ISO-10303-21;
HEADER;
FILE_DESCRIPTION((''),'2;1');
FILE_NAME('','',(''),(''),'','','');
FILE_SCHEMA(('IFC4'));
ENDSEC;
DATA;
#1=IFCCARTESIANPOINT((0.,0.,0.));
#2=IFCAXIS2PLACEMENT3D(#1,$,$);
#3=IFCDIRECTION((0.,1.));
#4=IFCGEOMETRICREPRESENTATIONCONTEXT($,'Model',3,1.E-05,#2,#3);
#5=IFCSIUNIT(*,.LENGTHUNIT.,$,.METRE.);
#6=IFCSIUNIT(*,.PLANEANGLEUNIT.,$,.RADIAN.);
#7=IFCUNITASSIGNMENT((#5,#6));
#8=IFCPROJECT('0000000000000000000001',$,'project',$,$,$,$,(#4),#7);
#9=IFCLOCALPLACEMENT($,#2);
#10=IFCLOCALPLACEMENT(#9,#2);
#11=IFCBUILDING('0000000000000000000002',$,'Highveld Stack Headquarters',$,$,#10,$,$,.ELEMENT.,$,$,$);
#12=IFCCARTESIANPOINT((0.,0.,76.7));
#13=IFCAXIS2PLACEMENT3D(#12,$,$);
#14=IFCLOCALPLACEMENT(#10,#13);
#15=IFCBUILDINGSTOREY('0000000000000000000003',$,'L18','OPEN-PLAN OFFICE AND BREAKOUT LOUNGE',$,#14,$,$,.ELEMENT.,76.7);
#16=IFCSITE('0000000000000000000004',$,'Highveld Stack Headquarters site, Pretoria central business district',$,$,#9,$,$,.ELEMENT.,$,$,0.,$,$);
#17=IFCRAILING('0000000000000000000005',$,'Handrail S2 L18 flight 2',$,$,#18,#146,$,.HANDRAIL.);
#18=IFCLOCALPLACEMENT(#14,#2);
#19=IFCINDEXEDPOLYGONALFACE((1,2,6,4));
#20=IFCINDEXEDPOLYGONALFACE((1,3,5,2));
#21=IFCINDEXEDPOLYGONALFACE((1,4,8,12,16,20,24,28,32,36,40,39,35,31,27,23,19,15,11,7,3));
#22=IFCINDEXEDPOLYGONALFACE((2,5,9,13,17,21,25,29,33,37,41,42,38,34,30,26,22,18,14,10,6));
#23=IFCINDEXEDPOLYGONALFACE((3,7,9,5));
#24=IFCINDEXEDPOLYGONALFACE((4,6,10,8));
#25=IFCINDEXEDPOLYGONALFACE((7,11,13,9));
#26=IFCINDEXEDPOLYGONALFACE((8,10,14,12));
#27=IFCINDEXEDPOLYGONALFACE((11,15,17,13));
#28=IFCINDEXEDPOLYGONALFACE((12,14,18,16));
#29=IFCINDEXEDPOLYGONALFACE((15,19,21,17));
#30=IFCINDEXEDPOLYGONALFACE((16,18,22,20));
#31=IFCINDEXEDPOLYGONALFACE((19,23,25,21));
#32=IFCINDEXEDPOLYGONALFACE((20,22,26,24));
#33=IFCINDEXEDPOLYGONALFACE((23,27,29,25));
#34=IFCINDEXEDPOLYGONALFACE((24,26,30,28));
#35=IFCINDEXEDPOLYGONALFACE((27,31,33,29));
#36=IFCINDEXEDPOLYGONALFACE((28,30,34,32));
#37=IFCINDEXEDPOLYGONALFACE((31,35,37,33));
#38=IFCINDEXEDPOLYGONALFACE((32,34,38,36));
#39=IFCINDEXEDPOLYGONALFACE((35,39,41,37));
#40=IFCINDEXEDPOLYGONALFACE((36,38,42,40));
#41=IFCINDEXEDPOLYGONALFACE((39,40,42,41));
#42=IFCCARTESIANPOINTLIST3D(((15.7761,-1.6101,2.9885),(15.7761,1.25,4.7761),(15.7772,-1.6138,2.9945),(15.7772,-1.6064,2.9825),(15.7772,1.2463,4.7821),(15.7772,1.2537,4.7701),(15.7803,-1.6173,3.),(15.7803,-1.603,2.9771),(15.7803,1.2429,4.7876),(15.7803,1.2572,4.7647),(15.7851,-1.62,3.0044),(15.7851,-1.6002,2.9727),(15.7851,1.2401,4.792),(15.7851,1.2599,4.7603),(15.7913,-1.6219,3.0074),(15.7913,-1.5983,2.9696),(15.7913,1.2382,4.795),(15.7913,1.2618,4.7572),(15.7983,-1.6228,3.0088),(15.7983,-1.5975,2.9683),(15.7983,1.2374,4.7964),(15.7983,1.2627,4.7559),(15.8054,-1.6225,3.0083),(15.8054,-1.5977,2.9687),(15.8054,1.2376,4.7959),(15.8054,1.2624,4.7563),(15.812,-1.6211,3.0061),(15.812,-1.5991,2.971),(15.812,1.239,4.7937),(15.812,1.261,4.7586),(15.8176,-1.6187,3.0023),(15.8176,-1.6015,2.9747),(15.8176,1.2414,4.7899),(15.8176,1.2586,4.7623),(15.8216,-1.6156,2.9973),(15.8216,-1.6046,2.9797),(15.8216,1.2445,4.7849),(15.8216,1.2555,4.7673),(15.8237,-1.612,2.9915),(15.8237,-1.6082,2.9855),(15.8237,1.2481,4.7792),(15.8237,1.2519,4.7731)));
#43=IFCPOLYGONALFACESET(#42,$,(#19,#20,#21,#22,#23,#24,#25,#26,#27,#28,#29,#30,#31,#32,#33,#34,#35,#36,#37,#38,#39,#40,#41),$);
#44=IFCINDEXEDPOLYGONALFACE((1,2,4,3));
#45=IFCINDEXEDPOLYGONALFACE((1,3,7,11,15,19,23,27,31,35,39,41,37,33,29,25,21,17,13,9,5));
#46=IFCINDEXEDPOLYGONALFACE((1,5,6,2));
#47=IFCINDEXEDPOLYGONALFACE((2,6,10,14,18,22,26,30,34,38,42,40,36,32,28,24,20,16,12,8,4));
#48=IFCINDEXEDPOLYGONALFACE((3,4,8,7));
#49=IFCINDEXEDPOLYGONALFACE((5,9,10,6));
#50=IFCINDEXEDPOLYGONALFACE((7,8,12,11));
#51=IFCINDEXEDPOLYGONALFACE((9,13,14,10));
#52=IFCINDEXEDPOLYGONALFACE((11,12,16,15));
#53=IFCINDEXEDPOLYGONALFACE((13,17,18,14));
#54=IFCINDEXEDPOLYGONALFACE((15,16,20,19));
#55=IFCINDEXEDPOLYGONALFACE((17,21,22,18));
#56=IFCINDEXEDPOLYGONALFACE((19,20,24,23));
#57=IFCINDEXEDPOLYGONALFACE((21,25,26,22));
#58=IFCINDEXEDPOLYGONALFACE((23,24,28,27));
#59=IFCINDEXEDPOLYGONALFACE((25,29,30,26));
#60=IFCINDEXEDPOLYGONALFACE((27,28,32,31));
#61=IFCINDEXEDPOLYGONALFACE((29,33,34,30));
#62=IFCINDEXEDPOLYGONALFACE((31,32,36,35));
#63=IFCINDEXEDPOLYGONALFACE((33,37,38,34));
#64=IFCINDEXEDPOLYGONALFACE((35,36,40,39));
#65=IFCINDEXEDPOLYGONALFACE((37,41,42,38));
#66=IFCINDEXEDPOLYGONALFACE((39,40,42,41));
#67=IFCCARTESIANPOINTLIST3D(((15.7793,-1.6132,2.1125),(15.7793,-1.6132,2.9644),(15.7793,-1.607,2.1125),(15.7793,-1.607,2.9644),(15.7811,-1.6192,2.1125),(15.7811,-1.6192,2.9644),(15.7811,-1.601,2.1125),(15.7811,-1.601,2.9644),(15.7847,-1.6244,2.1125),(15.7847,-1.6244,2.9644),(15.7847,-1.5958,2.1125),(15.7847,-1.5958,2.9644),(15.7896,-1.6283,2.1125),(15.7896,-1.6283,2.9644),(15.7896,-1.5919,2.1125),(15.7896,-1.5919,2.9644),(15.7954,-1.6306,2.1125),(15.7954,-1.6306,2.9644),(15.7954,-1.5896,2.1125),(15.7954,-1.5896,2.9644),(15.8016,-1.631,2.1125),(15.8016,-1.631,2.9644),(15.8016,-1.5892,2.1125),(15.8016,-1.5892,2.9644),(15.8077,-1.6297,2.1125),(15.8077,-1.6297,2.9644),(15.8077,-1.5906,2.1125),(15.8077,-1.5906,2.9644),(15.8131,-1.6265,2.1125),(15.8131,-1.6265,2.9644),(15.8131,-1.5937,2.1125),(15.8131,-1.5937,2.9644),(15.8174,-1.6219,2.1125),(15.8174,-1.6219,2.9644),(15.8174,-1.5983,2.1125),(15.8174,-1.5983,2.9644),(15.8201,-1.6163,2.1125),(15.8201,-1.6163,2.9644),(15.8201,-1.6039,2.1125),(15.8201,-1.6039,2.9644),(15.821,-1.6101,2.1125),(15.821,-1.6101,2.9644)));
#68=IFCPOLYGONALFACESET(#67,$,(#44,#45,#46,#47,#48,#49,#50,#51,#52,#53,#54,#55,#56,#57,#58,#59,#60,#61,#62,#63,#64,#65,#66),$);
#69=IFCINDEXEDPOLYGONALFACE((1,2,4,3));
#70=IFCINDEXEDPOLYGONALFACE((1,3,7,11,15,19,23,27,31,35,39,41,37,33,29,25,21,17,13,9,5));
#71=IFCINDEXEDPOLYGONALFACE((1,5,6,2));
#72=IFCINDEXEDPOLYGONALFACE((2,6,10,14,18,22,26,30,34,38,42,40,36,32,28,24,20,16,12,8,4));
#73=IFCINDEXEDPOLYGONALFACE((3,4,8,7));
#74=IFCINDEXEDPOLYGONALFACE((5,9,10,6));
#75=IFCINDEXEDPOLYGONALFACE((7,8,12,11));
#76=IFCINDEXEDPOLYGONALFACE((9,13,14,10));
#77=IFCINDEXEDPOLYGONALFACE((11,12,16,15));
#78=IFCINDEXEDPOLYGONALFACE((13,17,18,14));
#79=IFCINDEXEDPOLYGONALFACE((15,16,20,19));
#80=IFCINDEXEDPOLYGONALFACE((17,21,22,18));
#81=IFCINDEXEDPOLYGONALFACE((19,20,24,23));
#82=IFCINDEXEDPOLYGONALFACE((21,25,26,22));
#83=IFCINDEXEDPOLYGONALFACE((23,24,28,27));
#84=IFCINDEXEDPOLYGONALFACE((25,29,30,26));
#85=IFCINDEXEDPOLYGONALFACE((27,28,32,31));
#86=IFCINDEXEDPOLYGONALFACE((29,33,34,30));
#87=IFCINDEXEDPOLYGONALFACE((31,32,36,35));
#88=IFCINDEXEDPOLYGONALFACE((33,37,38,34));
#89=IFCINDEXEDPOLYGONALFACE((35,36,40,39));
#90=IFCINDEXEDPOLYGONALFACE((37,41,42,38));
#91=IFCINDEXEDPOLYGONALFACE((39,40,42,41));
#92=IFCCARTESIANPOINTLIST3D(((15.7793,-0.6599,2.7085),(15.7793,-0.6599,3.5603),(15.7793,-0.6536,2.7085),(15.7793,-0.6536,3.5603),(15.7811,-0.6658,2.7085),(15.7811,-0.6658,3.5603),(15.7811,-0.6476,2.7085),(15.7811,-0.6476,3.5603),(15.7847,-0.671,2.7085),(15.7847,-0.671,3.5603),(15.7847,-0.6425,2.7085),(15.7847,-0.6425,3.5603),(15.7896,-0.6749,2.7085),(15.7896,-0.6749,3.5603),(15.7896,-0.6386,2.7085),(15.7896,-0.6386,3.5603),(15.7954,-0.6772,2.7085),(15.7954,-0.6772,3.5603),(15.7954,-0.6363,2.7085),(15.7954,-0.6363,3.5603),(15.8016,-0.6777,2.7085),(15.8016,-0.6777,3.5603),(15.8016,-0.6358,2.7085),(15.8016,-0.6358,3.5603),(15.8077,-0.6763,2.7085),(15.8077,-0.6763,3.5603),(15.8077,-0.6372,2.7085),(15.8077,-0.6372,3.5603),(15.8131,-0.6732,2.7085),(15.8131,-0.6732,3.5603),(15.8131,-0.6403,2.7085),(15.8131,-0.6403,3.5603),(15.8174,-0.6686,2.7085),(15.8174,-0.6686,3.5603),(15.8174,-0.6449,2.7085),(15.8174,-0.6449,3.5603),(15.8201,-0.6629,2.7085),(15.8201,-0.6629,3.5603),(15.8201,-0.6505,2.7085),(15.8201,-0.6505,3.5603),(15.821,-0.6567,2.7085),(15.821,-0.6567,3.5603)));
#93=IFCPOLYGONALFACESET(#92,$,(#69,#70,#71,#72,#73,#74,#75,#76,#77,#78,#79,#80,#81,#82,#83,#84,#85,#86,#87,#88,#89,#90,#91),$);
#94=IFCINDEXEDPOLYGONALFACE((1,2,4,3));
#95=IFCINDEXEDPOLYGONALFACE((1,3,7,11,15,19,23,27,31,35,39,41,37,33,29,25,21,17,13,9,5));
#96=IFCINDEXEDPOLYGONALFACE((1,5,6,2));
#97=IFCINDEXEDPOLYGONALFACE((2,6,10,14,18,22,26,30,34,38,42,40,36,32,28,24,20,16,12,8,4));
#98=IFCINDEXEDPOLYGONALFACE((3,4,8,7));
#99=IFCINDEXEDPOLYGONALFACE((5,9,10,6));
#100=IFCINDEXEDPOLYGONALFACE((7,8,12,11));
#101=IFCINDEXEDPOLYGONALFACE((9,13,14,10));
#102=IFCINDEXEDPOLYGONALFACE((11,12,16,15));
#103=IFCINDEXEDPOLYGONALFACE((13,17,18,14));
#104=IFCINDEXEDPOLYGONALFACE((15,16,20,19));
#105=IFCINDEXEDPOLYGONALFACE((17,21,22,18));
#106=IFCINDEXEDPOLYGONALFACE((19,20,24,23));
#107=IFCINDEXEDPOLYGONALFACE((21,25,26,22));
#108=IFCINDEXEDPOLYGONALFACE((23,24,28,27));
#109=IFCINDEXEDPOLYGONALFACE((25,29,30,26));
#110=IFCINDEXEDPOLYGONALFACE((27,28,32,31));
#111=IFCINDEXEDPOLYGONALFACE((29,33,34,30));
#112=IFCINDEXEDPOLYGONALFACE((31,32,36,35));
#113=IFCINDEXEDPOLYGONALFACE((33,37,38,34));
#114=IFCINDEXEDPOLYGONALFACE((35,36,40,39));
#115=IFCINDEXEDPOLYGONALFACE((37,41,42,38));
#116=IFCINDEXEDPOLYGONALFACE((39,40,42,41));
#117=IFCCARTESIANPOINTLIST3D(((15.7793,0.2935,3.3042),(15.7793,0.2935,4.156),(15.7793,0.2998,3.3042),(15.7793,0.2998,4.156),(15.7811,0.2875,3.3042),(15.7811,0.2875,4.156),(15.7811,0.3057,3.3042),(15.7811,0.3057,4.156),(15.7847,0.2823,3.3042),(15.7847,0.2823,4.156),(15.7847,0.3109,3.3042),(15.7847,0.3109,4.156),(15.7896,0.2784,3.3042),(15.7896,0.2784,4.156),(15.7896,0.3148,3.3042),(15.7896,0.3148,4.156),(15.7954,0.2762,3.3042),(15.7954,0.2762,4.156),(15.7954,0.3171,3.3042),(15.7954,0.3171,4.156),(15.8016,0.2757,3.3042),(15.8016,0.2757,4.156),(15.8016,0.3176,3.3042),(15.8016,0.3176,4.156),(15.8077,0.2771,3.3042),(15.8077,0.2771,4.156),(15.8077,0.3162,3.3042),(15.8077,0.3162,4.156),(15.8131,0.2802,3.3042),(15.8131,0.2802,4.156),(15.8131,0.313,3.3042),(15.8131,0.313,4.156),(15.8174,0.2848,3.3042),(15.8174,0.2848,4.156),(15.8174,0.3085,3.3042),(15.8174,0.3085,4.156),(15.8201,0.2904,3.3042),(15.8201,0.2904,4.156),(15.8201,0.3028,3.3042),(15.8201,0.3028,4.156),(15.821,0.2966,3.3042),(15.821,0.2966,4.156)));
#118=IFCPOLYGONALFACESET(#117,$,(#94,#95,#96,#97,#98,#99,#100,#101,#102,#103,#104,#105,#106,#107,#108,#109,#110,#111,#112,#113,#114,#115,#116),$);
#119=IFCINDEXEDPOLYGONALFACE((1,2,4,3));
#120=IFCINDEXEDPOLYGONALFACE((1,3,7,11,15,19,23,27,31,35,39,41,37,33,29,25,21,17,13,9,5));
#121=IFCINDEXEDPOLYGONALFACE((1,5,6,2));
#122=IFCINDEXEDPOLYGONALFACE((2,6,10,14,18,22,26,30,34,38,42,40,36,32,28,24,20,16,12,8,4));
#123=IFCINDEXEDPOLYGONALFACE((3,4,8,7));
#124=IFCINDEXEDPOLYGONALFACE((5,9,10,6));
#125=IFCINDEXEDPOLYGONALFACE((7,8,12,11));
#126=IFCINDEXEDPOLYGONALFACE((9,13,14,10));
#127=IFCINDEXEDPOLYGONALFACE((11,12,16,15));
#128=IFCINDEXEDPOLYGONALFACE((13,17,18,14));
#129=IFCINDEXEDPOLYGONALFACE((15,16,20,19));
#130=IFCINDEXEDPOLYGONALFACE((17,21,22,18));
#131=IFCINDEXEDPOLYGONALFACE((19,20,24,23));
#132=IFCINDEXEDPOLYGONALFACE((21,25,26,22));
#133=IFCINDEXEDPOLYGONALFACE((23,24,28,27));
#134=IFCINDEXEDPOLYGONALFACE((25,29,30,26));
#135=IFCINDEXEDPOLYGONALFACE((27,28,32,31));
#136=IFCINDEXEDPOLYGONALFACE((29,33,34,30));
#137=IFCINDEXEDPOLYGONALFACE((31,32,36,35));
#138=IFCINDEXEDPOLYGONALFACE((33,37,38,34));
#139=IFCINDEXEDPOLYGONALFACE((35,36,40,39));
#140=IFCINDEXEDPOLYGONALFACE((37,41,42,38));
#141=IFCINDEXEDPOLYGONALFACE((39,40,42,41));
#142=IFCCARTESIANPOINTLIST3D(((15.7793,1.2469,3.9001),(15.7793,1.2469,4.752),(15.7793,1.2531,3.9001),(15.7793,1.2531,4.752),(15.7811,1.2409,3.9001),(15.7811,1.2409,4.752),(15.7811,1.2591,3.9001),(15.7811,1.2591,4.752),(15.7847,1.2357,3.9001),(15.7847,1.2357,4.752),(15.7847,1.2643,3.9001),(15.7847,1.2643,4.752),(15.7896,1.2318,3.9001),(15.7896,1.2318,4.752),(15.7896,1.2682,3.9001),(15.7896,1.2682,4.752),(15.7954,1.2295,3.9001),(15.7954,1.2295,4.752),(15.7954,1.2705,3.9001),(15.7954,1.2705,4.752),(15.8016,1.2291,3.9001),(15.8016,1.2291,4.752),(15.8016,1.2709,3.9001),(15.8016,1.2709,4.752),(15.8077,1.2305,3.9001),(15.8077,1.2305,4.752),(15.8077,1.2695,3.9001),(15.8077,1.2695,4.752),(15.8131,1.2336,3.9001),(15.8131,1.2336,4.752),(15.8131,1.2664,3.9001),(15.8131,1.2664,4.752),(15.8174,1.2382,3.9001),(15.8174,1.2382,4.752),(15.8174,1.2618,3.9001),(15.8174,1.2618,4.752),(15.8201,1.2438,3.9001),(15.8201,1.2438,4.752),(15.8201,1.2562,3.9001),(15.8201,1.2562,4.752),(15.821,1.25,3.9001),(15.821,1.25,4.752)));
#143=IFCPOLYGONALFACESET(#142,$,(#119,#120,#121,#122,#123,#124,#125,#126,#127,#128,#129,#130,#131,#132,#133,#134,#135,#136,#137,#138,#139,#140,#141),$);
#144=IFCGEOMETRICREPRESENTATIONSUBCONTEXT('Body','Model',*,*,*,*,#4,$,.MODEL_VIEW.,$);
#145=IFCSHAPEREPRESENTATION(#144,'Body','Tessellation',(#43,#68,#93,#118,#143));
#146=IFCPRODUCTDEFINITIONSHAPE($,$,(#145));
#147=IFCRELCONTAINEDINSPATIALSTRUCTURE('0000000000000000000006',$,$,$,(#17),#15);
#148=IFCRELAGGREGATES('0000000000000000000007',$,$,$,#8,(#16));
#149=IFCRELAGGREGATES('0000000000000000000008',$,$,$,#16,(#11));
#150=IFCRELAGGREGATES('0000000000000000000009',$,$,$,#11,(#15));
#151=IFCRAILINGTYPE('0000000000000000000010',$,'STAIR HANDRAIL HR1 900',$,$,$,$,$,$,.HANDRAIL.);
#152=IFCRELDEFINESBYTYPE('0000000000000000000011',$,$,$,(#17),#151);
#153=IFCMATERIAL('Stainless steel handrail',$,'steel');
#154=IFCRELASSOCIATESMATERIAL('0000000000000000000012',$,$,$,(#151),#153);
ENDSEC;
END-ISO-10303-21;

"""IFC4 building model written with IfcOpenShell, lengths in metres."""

from ifc_helpers import new_model, si_unit, direction, frame, origin, origin_2d, place, context, subcontext, project, spatial, circle, extrude, material, type_object, element, save


model = new_model("IFC4")

# Units and contexts
model_context = context("Model", 3, precision=1e-05, world=origin(), true_north=direction((0.0, 1.0)))
body_context = subcontext(model_context, "Body", "Model", "MODEL_VIEW")
ifc_project = project(units=[si_unit("LENGTHUNIT", "METRE"), si_unit("PLANEANGLEUNIT", "RADIAN")], contexts=[model_context])

# Site, building, storey
site_placement = place(None, origin())
site = spatial("IfcSite", under=ifc_project, at=site_placement, Name="Highveld Stack Headquarters site, Pretoria central business district", CompositionType="ELEMENT", RefElevation=0.0)
building_placement = place(site_placement, origin())
building = spatial("IfcBuilding", under=site, at=building_placement, Name="Highveld Stack Headquarters", CompositionType="ELEMENT")
storey_placement = place(building_placement, frame((0.0, 0.0, 76.7)))
storey = spatial("IfcBuildingStorey", under=building, at=storey_placement, Name="L18", Description="OPEN-PLAN OFFICE AND BREAKOUT LOUNGE", CompositionType="ELEMENT", Elevation=76.7)

# Railing
ifc_material_1 = material(Name="Stainless steel handrail", Category="steel")
railing_type = type_object("IfcRailingType", Name="STAIR HANDRAIL HR1 900", PredefinedType="HANDRAIL", material=ifc_material_1)
for number, where, name in (
    (1, (15.8, -1.6101, 2.1125), "Handrail S2 L18 flight 2"),
):
    element("IfcRailing", number, at=place(storey_placement, frame(where)), inside=storey, type_object=railing_type, Name=name, PredefinedType="HANDRAIL", context=body_context, shape_type="SweptSolid", body=[
        extrude(circle(Radius=0.0239, at=origin_2d()), frame((0.0, 0.0, 0.876), z_axis=(0.0, 0.847994, 0.530005), x_axis=(-1.0, 0.0, 0.0)), (0.0, 0.0, 1.0), 3.3728),
        extrude(circle(Radius=0.021, at=origin_2d()), origin(), (0.0, 0.0, 1.0), 0.8518),
        extrude(circle(Radius=0.021, at=origin_2d()), frame((0.0, 0.9534, 0.5959)), (0.0, 0.0, 1.0), 0.8518),
        extrude(circle(Radius=0.021, at=origin_2d()), frame((0.0, 1.9067, 1.1917)), (0.0, 0.0, 1.0), 0.8518),
        extrude(circle(Radius=0.021, at=origin_2d()), frame((0.0, 2.8601, 1.7876)), (0.0, 0.0, 1.0), 0.8518),
    ])

save(model, "model.ifc")
